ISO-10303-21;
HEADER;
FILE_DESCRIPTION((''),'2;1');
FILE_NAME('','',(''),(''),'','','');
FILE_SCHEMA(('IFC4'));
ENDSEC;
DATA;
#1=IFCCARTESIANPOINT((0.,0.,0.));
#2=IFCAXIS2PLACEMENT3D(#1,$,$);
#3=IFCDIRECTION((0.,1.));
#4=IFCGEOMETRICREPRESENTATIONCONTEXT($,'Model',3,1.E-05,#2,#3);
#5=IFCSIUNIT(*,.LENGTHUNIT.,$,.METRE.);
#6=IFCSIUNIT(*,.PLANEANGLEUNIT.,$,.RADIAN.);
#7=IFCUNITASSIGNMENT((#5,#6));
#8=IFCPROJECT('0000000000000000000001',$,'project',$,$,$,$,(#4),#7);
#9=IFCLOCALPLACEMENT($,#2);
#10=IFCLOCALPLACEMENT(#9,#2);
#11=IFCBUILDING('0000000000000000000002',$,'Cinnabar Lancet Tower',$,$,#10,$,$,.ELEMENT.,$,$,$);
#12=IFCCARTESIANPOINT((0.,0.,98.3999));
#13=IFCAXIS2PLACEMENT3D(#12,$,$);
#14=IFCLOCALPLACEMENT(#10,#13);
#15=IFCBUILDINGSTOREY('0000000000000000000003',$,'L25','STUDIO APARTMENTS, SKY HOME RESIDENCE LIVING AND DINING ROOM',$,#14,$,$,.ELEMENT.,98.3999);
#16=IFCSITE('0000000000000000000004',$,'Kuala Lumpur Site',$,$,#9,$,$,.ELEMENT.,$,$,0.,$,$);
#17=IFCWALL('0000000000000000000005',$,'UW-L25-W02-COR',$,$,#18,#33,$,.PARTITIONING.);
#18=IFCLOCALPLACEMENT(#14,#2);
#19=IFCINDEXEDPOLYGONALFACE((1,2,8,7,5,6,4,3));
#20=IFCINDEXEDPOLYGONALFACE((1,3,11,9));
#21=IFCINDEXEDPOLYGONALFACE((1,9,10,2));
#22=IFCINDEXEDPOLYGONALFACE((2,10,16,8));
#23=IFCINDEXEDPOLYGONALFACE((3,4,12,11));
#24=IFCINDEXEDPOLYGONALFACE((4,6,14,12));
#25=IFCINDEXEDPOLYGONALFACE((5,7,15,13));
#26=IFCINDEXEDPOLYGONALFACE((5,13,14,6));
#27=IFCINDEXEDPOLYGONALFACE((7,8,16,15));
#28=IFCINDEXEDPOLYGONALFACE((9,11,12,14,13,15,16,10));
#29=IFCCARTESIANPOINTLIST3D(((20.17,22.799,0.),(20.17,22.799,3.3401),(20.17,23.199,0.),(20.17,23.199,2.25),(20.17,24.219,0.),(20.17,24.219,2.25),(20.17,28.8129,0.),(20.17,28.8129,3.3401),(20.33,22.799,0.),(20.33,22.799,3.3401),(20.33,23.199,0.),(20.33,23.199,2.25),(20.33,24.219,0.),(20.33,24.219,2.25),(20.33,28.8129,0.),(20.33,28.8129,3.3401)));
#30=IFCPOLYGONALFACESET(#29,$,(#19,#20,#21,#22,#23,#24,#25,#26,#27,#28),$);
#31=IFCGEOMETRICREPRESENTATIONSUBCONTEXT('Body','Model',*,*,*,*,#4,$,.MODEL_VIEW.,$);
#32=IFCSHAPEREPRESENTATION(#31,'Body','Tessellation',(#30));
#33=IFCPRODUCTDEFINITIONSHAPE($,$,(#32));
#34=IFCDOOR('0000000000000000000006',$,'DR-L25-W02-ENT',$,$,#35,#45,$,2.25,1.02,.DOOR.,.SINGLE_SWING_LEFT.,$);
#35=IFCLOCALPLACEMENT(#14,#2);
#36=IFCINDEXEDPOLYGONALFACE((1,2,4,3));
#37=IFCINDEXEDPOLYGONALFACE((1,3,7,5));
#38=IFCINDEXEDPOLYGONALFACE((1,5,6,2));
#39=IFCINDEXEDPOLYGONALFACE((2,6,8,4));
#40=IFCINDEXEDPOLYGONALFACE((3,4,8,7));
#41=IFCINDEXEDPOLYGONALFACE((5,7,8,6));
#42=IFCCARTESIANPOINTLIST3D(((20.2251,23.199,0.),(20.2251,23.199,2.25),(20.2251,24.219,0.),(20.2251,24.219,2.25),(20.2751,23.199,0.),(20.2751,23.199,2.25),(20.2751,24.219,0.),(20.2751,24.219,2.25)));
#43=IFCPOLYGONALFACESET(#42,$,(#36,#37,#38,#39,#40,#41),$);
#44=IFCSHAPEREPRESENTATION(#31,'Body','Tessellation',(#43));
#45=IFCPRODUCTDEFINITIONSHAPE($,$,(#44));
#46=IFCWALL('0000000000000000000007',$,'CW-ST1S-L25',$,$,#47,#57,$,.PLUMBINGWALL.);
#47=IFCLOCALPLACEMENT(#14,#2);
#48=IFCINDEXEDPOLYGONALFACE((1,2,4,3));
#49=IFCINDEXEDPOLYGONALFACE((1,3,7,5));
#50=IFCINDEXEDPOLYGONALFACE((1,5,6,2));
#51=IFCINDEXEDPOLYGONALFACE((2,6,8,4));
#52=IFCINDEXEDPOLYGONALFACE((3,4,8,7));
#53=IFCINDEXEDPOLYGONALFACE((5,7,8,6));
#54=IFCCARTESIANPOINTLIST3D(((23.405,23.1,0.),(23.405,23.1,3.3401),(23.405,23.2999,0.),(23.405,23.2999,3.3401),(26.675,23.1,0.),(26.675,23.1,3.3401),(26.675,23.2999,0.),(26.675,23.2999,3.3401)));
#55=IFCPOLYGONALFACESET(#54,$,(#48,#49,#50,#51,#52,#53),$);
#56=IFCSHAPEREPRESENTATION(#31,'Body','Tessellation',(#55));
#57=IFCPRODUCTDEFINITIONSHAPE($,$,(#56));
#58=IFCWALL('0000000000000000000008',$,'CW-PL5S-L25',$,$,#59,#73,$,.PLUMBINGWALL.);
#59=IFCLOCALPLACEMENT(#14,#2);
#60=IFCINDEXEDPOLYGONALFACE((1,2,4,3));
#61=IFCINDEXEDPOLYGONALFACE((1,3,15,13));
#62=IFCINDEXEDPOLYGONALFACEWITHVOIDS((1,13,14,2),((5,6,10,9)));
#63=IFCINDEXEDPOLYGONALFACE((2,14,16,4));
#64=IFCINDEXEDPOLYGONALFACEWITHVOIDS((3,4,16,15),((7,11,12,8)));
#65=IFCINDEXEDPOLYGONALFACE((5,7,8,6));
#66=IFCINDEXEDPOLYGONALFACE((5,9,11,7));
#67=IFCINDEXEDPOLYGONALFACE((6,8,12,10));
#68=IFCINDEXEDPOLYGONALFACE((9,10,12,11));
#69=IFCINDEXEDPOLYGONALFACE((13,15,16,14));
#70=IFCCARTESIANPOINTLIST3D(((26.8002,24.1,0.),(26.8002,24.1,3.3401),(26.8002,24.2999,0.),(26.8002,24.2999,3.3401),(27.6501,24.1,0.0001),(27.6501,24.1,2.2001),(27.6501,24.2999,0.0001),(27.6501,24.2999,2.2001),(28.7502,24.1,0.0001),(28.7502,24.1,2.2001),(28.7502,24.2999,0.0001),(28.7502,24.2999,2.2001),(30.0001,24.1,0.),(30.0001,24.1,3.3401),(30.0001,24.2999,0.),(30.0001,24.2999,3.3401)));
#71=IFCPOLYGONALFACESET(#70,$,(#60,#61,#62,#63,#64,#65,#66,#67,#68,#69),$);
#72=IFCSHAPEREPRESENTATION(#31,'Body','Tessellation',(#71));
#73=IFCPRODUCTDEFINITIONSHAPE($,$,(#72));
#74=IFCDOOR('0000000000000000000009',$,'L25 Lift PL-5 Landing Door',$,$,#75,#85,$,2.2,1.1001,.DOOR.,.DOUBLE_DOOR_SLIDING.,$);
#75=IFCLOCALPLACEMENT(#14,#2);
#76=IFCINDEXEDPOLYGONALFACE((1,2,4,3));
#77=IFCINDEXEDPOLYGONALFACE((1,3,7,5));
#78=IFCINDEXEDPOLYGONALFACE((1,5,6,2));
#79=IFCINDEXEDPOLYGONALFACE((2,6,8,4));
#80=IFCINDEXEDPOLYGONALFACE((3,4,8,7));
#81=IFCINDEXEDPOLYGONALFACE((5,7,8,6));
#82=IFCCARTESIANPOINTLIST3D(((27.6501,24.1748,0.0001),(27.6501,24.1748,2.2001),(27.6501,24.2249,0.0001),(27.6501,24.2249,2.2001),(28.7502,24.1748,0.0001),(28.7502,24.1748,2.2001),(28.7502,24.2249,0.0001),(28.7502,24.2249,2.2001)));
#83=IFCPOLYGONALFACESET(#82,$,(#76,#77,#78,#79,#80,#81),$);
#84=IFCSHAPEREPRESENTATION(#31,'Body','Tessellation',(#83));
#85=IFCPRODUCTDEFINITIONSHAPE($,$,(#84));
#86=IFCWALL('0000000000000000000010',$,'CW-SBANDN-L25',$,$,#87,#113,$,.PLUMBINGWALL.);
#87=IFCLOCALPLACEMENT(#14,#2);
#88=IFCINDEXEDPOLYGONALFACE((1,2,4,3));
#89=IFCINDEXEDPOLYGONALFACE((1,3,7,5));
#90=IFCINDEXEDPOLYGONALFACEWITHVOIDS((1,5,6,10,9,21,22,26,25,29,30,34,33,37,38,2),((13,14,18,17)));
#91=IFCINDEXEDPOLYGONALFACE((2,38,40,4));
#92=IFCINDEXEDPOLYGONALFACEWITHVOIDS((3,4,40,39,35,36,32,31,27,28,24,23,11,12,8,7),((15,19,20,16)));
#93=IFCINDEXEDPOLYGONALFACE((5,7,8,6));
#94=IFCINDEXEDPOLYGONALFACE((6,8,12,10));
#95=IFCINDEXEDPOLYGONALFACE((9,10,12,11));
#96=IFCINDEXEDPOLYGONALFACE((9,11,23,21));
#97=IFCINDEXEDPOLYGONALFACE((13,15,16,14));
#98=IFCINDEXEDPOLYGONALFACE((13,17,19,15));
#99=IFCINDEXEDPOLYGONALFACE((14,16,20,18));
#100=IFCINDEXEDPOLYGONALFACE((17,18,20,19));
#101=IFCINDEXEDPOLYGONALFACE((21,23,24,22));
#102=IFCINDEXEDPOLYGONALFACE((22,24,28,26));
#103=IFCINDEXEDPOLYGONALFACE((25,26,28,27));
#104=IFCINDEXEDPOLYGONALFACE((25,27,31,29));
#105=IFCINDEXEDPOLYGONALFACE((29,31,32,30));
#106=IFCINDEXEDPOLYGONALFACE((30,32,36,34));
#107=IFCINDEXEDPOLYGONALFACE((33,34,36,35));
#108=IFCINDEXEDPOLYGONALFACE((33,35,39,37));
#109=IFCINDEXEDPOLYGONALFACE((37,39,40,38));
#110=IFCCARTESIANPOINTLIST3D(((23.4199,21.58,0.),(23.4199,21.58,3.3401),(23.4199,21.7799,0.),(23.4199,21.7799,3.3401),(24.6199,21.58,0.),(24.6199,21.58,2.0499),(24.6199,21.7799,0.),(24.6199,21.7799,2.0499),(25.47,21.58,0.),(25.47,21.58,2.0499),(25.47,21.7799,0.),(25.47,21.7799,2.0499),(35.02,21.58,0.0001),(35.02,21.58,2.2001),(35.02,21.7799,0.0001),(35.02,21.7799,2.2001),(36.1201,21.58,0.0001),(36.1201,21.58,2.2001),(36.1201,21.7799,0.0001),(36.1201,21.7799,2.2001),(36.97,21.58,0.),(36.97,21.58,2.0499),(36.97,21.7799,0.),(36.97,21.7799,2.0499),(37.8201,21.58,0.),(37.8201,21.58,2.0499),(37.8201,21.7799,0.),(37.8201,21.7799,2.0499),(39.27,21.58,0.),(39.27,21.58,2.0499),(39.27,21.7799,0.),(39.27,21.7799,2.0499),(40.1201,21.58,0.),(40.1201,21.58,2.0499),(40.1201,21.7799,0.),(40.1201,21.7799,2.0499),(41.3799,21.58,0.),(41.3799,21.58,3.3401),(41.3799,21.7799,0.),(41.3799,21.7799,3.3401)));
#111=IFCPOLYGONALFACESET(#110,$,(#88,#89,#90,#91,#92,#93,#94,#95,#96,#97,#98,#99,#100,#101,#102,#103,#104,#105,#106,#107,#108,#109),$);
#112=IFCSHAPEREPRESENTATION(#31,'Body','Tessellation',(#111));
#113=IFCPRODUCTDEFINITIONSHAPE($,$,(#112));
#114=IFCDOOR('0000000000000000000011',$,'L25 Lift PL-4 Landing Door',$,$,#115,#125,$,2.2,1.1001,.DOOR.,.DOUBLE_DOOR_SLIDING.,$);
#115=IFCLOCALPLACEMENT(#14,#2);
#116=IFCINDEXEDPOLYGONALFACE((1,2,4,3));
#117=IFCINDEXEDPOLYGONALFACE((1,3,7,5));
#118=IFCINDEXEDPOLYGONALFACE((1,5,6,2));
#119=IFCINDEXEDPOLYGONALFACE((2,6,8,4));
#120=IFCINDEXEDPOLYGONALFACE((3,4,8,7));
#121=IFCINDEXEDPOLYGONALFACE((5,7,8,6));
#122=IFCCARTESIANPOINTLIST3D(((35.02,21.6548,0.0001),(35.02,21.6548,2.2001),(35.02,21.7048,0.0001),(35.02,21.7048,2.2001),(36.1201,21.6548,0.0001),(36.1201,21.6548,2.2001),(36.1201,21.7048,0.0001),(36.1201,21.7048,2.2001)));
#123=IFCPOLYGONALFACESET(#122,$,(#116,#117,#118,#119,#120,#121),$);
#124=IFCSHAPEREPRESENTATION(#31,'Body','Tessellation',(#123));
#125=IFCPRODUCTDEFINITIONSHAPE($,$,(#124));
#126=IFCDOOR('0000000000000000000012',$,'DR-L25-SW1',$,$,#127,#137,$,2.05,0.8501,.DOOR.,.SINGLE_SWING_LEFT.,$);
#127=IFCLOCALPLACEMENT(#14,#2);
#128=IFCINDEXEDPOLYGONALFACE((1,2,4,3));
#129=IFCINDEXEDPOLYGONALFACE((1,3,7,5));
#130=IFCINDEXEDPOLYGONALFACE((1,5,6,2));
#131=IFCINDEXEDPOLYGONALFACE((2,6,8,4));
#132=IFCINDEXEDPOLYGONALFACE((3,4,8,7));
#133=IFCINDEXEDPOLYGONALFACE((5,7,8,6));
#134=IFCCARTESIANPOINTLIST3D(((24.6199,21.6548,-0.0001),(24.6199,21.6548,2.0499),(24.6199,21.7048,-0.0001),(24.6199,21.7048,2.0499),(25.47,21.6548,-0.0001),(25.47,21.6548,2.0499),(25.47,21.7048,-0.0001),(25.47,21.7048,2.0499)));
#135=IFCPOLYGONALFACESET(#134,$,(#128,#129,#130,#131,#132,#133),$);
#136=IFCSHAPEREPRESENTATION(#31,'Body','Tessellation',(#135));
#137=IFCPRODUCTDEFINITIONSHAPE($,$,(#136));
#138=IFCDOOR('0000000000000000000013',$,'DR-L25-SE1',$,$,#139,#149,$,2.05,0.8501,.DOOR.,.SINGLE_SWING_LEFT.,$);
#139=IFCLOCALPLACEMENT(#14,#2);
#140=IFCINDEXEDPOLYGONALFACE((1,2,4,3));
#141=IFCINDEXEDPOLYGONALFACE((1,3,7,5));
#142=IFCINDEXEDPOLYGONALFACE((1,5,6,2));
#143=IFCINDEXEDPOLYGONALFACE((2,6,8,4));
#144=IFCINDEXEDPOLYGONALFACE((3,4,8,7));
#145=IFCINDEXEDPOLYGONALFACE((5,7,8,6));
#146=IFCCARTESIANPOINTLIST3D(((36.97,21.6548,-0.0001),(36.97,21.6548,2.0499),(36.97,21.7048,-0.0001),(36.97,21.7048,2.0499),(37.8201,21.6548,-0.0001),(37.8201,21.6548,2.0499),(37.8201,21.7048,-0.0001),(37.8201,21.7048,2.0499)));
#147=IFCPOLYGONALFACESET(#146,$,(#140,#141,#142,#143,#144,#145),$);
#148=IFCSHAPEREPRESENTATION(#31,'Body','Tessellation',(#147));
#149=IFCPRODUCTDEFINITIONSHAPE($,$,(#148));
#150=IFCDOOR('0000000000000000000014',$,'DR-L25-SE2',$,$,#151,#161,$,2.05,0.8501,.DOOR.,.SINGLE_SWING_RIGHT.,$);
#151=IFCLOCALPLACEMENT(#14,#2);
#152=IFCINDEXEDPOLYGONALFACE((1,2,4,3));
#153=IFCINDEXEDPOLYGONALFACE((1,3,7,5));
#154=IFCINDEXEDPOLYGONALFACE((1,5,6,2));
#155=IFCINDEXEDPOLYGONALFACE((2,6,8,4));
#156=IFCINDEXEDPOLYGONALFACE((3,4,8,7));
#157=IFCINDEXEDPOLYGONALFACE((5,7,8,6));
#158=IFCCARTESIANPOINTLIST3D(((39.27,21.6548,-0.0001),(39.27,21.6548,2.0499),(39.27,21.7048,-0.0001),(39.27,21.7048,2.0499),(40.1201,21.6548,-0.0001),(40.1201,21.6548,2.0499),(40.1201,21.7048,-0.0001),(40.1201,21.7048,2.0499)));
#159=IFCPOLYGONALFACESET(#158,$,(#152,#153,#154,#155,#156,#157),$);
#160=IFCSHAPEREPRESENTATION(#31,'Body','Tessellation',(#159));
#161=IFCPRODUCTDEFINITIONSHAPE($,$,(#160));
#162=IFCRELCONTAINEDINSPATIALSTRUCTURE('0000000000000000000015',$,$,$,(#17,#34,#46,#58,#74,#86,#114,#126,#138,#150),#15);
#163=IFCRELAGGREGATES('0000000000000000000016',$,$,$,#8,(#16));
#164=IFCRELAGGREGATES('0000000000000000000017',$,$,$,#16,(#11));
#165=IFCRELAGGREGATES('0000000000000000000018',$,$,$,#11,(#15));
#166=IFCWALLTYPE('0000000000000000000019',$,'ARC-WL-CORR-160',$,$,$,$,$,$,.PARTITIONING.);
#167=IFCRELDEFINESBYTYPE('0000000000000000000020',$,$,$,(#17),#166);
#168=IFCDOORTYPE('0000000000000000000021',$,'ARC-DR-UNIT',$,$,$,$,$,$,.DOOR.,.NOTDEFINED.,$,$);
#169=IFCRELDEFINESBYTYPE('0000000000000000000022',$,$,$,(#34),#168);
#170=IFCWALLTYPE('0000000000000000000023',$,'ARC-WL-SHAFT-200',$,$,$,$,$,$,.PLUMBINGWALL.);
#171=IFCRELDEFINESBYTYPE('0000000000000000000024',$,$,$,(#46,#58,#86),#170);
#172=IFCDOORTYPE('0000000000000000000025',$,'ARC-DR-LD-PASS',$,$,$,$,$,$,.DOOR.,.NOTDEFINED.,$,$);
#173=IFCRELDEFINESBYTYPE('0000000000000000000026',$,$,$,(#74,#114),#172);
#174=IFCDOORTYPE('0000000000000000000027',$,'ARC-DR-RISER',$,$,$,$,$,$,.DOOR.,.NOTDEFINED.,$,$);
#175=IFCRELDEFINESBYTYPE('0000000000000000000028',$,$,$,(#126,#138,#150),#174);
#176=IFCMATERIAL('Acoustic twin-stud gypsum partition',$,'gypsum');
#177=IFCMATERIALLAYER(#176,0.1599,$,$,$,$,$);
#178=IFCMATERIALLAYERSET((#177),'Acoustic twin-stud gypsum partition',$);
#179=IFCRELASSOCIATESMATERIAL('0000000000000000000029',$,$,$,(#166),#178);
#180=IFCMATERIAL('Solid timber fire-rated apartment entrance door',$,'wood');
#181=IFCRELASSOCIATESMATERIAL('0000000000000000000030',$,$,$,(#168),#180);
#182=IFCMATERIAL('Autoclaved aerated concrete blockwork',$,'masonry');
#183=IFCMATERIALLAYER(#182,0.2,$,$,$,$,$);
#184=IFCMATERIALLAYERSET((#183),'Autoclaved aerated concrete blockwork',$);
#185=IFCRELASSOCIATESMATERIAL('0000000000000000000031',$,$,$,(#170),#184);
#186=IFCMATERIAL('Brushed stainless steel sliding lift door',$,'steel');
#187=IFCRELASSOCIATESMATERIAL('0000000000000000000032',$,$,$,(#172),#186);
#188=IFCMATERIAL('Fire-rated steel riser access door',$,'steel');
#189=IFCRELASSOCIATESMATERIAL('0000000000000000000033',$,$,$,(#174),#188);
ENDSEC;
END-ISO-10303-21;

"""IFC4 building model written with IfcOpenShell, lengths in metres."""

from ifc_helpers import new_model, si_unit, direction, frame, frame_2d, origin, place, context, subcontext, project, spatial, rectangle, extrude, material, layer, layer_set, type_object, element, fill, save


model = new_model("IFC4")

# Units and contexts
model_context = context("Model", 3, precision=1e-05, world=origin(), true_north=direction((0.0, 1.0)))
body_context = subcontext(model_context, "Body", "Model", "MODEL_VIEW")
ifc_project = project(units=[si_unit("LENGTHUNIT", "METRE"), si_unit("PLANEANGLEUNIT", "RADIAN")], contexts=[model_context])

# Site, building, storey
site_placement = place(None, origin())
site = spatial("IfcSite", under=ifc_project, at=site_placement, Name="Kuala Lumpur Site", CompositionType="ELEMENT", RefElevation=0.0)
building_placement = place(site_placement, origin())
building = spatial("IfcBuilding", under=site, at=building_placement, Name="Cinnabar Lancet Tower", CompositionType="ELEMENT")
storey_placement = place(building_placement, frame((0.0, 0.0, 98.3999)))
storey = spatial("IfcBuildingStorey", under=building, at=storey_placement, Name="L25", Description="STUDIO APARTMENTS, SKY HOME RESIDENCE LIVING AND DINING ROOM", CompositionType="ELEMENT", Elevation=98.3999)

# Wall, opening, door
ifc_material_1 = material(Name="Acoustic twin-stud gypsum partition", Category="gypsum")
ifc_layer_1 = layer(ifc_material_1, 0.1599)
ifc_layer_set_1 = layer_set([ifc_layer_1], Name="Acoustic twin-stud gypsum partition")
wall_type_1 = type_object("IfcWallType", Name="ARC-WL-CORR-160", PredefinedType="PARTITIONING", material=ifc_layer_set_1)
ifc_material_2 = material(Name="Solid timber fire-rated apartment entrance door", Category="wood")
door_type_1 = type_object("IfcDoorType", Name="ARC-DR-UNIT", OperationType="NOTDEFINED", PredefinedType="DOOR", material=ifc_material_2)
wall_1_placement = place(storey_placement, frame((20.25, 22.7991, 0.0), z_axis=(0.0, 0.0, 1.0), x_axis=(0.0, 1.0, 0.0)))
wall_1 = element("IfcWall", 1, at=wall_1_placement, inside=storey, type_object=wall_type_1, Name="UW-L25-W02-COR", PredefinedType="PARTITIONING", context=body_context, shape_type="SweptSolid", body=[
    extrude(rectangle(XDim=6.0139, YDim=0.1599, at=frame_2d((3.0068, 0.0))), origin(), (0.0, 0.0, 1.0), 3.3401),
])
opening_1_placement = place(wall_1_placement, frame((0.3999, 0.0, 0.0)))
opening_1 = element("IfcOpeningElement", 2, at=opening_1_placement, cuts=wall_1, PredefinedType="OPENING", context=body_context, shape_type="SweptSolid", body=[
    extrude(rectangle(XDim=1.02, YDim=2.25, at=frame_2d((0.51, 1.125))), frame((0.0, 0.0898, 0.0), z_axis=(0.0, -1.0, 0.0), x_axis=(1.0, 0.0, 0.0)), (0.0, 0.0, 1.0), 0.1799),
])
door_1_placement = place(opening_1_placement, origin())
door_1 = element("IfcDoor", 3, at=door_1_placement, inside=storey, type_object=door_type_1, Name="DR-L25-W02-ENT", OperationType="SINGLE_SWING_LEFT", OverallHeight=2.25, OverallWidth=1.02, PredefinedType="DOOR", context=body_context, shape_type="SweptSolid", body=[
    extrude(rectangle(XDim=1.02, YDim=2.25, at=frame_2d((0.51, 1.125))), frame((0.0, 0.0249, 0.0), z_axis=(0.0, -1.0, 0.0), x_axis=(1.0, 0.0, 0.0)), (0.0, 0.0, 1.0), 0.05),
])
fill(opening_1, door_1)

# Wall
ifc_material_3 = material(Name="Autoclaved aerated concrete blockwork", Category="masonry")
ifc_layer_2 = layer(ifc_material_3, 0.2)
ifc_layer_set_2 = layer_set([ifc_layer_2], Name="Autoclaved aerated concrete blockwork")
wall_type_2 = type_object("IfcWallType", Name="ARC-WL-SHAFT-200", PredefinedType="PLUMBINGWALL", material=ifc_layer_set_2)
wall_2_placement = place(storey_placement, frame((23.405, 23.2, 0.0), z_axis=(0.0, 0.0, 1.0), x_axis=(1.0, 0.0, 0.0)))
element("IfcWall", 4, at=wall_2_placement, inside=storey, type_object=wall_type_2, Name="CW-ST1S-L25", PredefinedType="PLUMBINGWALL", context=body_context, shape_type="SweptSolid", body=[
    extrude(rectangle(XDim=3.27, YDim=0.2, at=frame_2d((1.635, 0.0))), origin(), (0.0, 0.0, 1.0), 3.3401),
])

# Wall, opening, door
wall_3_placement = place(storey_placement, frame((26.8, 24.2, 0.0), z_axis=(0.0, 0.0, 1.0), x_axis=(1.0, 0.0, 0.0)))
wall_3 = element("IfcWall", 5, at=wall_3_placement, inside=storey, type_object=wall_type_2, Name="CW-PL5S-L25", PredefinedType="PLUMBINGWALL", context=body_context, shape_type="SweptSolid", body=[
    extrude(rectangle(XDim=3.2, YDim=0.2, at=frame_2d((1.6001, 0.0))), origin(), (0.0, 0.0, 1.0), 3.3401),
])
opening_2_placement = place(wall_3_placement, frame((0.8501, 0.0, 0.0)))
opening_2 = element("IfcOpeningElement", 6, at=opening_2_placement, cuts=wall_3, PredefinedType="OPENING", context=body_context, shape_type="SweptSolid", body=[
    extrude(rectangle(XDim=1.1001, YDim=2.2, at=frame_2d((0.55, 1.1001))), frame((0.0, 0.1099, 0.0), z_axis=(0.0, -1.0, 0.0), x_axis=(1.0, 0.0, 0.0)), (0.0, 0.0, 1.0), 0.22),
])
ifc_material_4 = material(Name="Brushed stainless steel sliding lift door", Category="steel")
door_type_2 = type_object("IfcDoorType", Name="ARC-DR-LD-PASS", OperationType="NOTDEFINED", PredefinedType="DOOR", material=ifc_material_4)
door_2_placement = place(opening_2_placement, origin())
door_2 = element("IfcDoor", 7, at=door_2_placement, inside=storey, type_object=door_type_2, Name="L25 Lift PL-5 Landing Door", OperationType="DOUBLE_DOOR_SLIDING", OverallHeight=2.2, OverallWidth=1.1001, PredefinedType="DOOR", context=body_context, shape_type="SweptSolid", body=[
    extrude(rectangle(XDim=1.1001, YDim=2.2, at=frame_2d((0.55, 1.1001))), frame((0.0, 0.0249, 0.0), z_axis=(0.0, -1.0, 0.0), x_axis=(1.0, 0.0, 0.0)), (0.0, 0.0, 1.0), 0.05),
])
fill(opening_2, door_2)

# Wall, openings, doors
wall_4_placement = place(storey_placement, frame((23.4199, 21.6799, 0.0), z_axis=(0.0, 0.0, 1.0), x_axis=(1.0, 0.0, 0.0)))
wall_4 = element("IfcWall", 8, at=wall_4_placement, inside=storey, type_object=wall_type_2, Name="CW-SBANDN-L25", PredefinedType="PLUMBINGWALL", context=body_context, shape_type="SweptSolid", body=[
    extrude(rectangle(XDim=17.96, YDim=0.2, at=frame_2d((8.98, 0.0))), origin(), (0.0, 0.0, 1.0), 3.3401),
])
opening_3_placement = place(wall_4_placement, frame((11.6001, 0.0, 0.0)))
opening_3 = element("IfcOpeningElement", 9, at=opening_3_placement, cuts=wall_4, PredefinedType="OPENING", context=body_context, shape_type="SweptSolid", body=[
    extrude(rectangle(XDim=1.1001, YDim=2.2, at=frame_2d((0.55, 1.1001))), frame((0.0, 0.1099, 0.0), z_axis=(0.0, -1.0, 0.0), x_axis=(1.0, 0.0, 0.0)), (0.0, 0.0, 1.0), 0.22),
])
opening_4_placement = place(wall_4_placement, frame((1.2, 0.0, 0.0)))
opening_4 = element("IfcOpeningElement", 10, at=opening_4_placement, cuts=wall_4, PredefinedType="OPENING", context=body_context, shape_type="SweptSolid", body=[
    extrude(rectangle(XDim=0.8501, YDim=2.05, at=frame_2d((0.425, 1.0249))), frame((0.0, 0.1099, 0.0), z_axis=(0.0, -1.0, 0.0), x_axis=(1.0, 0.0, 0.0)), (0.0, 0.0, 1.0), 0.22),
])
opening_5_placement = place(wall_4_placement, frame((13.55, 0.0, 0.0)))
opening_5 = element("IfcOpeningElement", 11, at=opening_5_placement, cuts=wall_4, PredefinedType="OPENING", context=body_context, shape_type="SweptSolid", body=[
    extrude(rectangle(XDim=0.8501, YDim=2.05, at=frame_2d((0.425, 1.0249))), frame((0.0, 0.1099, 0.0), z_axis=(0.0, -1.0, 0.0), x_axis=(1.0, 0.0, 0.0)), (0.0, 0.0, 1.0), 0.22),
])
opening_6_placement = place(wall_4_placement, frame((15.8501, 0.0, 0.0)))
opening_6 = element("IfcOpeningElement", 12, at=opening_6_placement, cuts=wall_4, PredefinedType="OPENING", context=body_context, shape_type="SweptSolid", body=[
    extrude(rectangle(XDim=0.8501, YDim=2.05, at=frame_2d((0.425, 1.0249))), frame((0.0, 0.1099, 0.0), z_axis=(0.0, -1.0, 0.0), x_axis=(1.0, 0.0, 0.0)), (0.0, 0.0, 1.0), 0.22),
])
door_3_placement = place(opening_3_placement, origin())
door_3 = element("IfcDoor", 13, at=door_3_placement, inside=storey, type_object=door_type_2, Name="L25 Lift PL-4 Landing Door", OperationType="DOUBLE_DOOR_SLIDING", OverallHeight=2.2, OverallWidth=1.1001, PredefinedType="DOOR", context=body_context, shape_type="SweptSolid", body=[
    extrude(rectangle(XDim=1.1001, YDim=2.2, at=frame_2d((0.55, 1.1001))), frame((0.0, 0.0249, 0.0), z_axis=(0.0, -1.0, 0.0), x_axis=(1.0, 0.0, 0.0)), (0.0, 0.0, 1.0), 0.05),
])
fill(opening_3, door_3)
ifc_material_5 = material(Name="Fire-rated steel riser access door", Category="steel")
door_type_3 = type_object("IfcDoorType", Name="ARC-DR-RISER", OperationType="NOTDEFINED", PredefinedType="DOOR", material=ifc_material_5)
door_4_placement = place(opening_4_placement, origin())
door_4 = element("IfcDoor", 14, at=door_4_placement, inside=storey, type_object=door_type_3, Name="DR-L25-SW1", OperationType="SINGLE_SWING_LEFT", OverallHeight=2.05, OverallWidth=0.8501, PredefinedType="DOOR", context=body_context, shape_type="SweptSolid", body=[
    extrude(rectangle(XDim=0.8501, YDim=2.05, at=frame_2d((0.425, 1.0249))), frame((0.0, 0.0249, 0.0), z_axis=(0.0, -1.0, 0.0), x_axis=(1.0, 0.0, 0.0)), (0.0, 0.0, 1.0), 0.05),
])
fill(opening_4, door_4)
door_5_placement = place(opening_5_placement, origin())
door_5 = element("IfcDoor", 15, at=door_5_placement, inside=storey, type_object=door_type_3, Name="DR-L25-SE1", OperationType="SINGLE_SWING_LEFT", OverallHeight=2.05, OverallWidth=0.8501, PredefinedType="DOOR", context=body_context, shape_type="SweptSolid", body=[
    extrude(rectangle(XDim=0.8501, YDim=2.05, at=frame_2d((0.425, 1.0249))), frame((0.0, 0.0249, 0.0), z_axis=(0.0, -1.0, 0.0), x_axis=(1.0, 0.0, 0.0)), (0.0, 0.0, 1.0), 0.05),
])
fill(opening_5, door_5)
door_6_placement = place(opening_6_placement, origin())
door_6 = element("IfcDoor", 16, at=door_6_placement, inside=storey, type_object=door_type_3, Name="DR-L25-SE2", OperationType="SINGLE_SWING_RIGHT", OverallHeight=2.05, OverallWidth=0.8501, PredefinedType="DOOR", context=body_context, shape_type="SweptSolid", body=[
    extrude(rectangle(XDim=0.8501, YDim=2.05, at=frame_2d((0.425, 1.0249))), frame((0.0, 0.0249, 0.0), z_axis=(0.0, -1.0, 0.0), x_axis=(1.0, 0.0, 0.0)), (0.0, 0.0, 1.0), 0.05),
])
fill(opening_6, door_6)

save(model, "model.ifc")
